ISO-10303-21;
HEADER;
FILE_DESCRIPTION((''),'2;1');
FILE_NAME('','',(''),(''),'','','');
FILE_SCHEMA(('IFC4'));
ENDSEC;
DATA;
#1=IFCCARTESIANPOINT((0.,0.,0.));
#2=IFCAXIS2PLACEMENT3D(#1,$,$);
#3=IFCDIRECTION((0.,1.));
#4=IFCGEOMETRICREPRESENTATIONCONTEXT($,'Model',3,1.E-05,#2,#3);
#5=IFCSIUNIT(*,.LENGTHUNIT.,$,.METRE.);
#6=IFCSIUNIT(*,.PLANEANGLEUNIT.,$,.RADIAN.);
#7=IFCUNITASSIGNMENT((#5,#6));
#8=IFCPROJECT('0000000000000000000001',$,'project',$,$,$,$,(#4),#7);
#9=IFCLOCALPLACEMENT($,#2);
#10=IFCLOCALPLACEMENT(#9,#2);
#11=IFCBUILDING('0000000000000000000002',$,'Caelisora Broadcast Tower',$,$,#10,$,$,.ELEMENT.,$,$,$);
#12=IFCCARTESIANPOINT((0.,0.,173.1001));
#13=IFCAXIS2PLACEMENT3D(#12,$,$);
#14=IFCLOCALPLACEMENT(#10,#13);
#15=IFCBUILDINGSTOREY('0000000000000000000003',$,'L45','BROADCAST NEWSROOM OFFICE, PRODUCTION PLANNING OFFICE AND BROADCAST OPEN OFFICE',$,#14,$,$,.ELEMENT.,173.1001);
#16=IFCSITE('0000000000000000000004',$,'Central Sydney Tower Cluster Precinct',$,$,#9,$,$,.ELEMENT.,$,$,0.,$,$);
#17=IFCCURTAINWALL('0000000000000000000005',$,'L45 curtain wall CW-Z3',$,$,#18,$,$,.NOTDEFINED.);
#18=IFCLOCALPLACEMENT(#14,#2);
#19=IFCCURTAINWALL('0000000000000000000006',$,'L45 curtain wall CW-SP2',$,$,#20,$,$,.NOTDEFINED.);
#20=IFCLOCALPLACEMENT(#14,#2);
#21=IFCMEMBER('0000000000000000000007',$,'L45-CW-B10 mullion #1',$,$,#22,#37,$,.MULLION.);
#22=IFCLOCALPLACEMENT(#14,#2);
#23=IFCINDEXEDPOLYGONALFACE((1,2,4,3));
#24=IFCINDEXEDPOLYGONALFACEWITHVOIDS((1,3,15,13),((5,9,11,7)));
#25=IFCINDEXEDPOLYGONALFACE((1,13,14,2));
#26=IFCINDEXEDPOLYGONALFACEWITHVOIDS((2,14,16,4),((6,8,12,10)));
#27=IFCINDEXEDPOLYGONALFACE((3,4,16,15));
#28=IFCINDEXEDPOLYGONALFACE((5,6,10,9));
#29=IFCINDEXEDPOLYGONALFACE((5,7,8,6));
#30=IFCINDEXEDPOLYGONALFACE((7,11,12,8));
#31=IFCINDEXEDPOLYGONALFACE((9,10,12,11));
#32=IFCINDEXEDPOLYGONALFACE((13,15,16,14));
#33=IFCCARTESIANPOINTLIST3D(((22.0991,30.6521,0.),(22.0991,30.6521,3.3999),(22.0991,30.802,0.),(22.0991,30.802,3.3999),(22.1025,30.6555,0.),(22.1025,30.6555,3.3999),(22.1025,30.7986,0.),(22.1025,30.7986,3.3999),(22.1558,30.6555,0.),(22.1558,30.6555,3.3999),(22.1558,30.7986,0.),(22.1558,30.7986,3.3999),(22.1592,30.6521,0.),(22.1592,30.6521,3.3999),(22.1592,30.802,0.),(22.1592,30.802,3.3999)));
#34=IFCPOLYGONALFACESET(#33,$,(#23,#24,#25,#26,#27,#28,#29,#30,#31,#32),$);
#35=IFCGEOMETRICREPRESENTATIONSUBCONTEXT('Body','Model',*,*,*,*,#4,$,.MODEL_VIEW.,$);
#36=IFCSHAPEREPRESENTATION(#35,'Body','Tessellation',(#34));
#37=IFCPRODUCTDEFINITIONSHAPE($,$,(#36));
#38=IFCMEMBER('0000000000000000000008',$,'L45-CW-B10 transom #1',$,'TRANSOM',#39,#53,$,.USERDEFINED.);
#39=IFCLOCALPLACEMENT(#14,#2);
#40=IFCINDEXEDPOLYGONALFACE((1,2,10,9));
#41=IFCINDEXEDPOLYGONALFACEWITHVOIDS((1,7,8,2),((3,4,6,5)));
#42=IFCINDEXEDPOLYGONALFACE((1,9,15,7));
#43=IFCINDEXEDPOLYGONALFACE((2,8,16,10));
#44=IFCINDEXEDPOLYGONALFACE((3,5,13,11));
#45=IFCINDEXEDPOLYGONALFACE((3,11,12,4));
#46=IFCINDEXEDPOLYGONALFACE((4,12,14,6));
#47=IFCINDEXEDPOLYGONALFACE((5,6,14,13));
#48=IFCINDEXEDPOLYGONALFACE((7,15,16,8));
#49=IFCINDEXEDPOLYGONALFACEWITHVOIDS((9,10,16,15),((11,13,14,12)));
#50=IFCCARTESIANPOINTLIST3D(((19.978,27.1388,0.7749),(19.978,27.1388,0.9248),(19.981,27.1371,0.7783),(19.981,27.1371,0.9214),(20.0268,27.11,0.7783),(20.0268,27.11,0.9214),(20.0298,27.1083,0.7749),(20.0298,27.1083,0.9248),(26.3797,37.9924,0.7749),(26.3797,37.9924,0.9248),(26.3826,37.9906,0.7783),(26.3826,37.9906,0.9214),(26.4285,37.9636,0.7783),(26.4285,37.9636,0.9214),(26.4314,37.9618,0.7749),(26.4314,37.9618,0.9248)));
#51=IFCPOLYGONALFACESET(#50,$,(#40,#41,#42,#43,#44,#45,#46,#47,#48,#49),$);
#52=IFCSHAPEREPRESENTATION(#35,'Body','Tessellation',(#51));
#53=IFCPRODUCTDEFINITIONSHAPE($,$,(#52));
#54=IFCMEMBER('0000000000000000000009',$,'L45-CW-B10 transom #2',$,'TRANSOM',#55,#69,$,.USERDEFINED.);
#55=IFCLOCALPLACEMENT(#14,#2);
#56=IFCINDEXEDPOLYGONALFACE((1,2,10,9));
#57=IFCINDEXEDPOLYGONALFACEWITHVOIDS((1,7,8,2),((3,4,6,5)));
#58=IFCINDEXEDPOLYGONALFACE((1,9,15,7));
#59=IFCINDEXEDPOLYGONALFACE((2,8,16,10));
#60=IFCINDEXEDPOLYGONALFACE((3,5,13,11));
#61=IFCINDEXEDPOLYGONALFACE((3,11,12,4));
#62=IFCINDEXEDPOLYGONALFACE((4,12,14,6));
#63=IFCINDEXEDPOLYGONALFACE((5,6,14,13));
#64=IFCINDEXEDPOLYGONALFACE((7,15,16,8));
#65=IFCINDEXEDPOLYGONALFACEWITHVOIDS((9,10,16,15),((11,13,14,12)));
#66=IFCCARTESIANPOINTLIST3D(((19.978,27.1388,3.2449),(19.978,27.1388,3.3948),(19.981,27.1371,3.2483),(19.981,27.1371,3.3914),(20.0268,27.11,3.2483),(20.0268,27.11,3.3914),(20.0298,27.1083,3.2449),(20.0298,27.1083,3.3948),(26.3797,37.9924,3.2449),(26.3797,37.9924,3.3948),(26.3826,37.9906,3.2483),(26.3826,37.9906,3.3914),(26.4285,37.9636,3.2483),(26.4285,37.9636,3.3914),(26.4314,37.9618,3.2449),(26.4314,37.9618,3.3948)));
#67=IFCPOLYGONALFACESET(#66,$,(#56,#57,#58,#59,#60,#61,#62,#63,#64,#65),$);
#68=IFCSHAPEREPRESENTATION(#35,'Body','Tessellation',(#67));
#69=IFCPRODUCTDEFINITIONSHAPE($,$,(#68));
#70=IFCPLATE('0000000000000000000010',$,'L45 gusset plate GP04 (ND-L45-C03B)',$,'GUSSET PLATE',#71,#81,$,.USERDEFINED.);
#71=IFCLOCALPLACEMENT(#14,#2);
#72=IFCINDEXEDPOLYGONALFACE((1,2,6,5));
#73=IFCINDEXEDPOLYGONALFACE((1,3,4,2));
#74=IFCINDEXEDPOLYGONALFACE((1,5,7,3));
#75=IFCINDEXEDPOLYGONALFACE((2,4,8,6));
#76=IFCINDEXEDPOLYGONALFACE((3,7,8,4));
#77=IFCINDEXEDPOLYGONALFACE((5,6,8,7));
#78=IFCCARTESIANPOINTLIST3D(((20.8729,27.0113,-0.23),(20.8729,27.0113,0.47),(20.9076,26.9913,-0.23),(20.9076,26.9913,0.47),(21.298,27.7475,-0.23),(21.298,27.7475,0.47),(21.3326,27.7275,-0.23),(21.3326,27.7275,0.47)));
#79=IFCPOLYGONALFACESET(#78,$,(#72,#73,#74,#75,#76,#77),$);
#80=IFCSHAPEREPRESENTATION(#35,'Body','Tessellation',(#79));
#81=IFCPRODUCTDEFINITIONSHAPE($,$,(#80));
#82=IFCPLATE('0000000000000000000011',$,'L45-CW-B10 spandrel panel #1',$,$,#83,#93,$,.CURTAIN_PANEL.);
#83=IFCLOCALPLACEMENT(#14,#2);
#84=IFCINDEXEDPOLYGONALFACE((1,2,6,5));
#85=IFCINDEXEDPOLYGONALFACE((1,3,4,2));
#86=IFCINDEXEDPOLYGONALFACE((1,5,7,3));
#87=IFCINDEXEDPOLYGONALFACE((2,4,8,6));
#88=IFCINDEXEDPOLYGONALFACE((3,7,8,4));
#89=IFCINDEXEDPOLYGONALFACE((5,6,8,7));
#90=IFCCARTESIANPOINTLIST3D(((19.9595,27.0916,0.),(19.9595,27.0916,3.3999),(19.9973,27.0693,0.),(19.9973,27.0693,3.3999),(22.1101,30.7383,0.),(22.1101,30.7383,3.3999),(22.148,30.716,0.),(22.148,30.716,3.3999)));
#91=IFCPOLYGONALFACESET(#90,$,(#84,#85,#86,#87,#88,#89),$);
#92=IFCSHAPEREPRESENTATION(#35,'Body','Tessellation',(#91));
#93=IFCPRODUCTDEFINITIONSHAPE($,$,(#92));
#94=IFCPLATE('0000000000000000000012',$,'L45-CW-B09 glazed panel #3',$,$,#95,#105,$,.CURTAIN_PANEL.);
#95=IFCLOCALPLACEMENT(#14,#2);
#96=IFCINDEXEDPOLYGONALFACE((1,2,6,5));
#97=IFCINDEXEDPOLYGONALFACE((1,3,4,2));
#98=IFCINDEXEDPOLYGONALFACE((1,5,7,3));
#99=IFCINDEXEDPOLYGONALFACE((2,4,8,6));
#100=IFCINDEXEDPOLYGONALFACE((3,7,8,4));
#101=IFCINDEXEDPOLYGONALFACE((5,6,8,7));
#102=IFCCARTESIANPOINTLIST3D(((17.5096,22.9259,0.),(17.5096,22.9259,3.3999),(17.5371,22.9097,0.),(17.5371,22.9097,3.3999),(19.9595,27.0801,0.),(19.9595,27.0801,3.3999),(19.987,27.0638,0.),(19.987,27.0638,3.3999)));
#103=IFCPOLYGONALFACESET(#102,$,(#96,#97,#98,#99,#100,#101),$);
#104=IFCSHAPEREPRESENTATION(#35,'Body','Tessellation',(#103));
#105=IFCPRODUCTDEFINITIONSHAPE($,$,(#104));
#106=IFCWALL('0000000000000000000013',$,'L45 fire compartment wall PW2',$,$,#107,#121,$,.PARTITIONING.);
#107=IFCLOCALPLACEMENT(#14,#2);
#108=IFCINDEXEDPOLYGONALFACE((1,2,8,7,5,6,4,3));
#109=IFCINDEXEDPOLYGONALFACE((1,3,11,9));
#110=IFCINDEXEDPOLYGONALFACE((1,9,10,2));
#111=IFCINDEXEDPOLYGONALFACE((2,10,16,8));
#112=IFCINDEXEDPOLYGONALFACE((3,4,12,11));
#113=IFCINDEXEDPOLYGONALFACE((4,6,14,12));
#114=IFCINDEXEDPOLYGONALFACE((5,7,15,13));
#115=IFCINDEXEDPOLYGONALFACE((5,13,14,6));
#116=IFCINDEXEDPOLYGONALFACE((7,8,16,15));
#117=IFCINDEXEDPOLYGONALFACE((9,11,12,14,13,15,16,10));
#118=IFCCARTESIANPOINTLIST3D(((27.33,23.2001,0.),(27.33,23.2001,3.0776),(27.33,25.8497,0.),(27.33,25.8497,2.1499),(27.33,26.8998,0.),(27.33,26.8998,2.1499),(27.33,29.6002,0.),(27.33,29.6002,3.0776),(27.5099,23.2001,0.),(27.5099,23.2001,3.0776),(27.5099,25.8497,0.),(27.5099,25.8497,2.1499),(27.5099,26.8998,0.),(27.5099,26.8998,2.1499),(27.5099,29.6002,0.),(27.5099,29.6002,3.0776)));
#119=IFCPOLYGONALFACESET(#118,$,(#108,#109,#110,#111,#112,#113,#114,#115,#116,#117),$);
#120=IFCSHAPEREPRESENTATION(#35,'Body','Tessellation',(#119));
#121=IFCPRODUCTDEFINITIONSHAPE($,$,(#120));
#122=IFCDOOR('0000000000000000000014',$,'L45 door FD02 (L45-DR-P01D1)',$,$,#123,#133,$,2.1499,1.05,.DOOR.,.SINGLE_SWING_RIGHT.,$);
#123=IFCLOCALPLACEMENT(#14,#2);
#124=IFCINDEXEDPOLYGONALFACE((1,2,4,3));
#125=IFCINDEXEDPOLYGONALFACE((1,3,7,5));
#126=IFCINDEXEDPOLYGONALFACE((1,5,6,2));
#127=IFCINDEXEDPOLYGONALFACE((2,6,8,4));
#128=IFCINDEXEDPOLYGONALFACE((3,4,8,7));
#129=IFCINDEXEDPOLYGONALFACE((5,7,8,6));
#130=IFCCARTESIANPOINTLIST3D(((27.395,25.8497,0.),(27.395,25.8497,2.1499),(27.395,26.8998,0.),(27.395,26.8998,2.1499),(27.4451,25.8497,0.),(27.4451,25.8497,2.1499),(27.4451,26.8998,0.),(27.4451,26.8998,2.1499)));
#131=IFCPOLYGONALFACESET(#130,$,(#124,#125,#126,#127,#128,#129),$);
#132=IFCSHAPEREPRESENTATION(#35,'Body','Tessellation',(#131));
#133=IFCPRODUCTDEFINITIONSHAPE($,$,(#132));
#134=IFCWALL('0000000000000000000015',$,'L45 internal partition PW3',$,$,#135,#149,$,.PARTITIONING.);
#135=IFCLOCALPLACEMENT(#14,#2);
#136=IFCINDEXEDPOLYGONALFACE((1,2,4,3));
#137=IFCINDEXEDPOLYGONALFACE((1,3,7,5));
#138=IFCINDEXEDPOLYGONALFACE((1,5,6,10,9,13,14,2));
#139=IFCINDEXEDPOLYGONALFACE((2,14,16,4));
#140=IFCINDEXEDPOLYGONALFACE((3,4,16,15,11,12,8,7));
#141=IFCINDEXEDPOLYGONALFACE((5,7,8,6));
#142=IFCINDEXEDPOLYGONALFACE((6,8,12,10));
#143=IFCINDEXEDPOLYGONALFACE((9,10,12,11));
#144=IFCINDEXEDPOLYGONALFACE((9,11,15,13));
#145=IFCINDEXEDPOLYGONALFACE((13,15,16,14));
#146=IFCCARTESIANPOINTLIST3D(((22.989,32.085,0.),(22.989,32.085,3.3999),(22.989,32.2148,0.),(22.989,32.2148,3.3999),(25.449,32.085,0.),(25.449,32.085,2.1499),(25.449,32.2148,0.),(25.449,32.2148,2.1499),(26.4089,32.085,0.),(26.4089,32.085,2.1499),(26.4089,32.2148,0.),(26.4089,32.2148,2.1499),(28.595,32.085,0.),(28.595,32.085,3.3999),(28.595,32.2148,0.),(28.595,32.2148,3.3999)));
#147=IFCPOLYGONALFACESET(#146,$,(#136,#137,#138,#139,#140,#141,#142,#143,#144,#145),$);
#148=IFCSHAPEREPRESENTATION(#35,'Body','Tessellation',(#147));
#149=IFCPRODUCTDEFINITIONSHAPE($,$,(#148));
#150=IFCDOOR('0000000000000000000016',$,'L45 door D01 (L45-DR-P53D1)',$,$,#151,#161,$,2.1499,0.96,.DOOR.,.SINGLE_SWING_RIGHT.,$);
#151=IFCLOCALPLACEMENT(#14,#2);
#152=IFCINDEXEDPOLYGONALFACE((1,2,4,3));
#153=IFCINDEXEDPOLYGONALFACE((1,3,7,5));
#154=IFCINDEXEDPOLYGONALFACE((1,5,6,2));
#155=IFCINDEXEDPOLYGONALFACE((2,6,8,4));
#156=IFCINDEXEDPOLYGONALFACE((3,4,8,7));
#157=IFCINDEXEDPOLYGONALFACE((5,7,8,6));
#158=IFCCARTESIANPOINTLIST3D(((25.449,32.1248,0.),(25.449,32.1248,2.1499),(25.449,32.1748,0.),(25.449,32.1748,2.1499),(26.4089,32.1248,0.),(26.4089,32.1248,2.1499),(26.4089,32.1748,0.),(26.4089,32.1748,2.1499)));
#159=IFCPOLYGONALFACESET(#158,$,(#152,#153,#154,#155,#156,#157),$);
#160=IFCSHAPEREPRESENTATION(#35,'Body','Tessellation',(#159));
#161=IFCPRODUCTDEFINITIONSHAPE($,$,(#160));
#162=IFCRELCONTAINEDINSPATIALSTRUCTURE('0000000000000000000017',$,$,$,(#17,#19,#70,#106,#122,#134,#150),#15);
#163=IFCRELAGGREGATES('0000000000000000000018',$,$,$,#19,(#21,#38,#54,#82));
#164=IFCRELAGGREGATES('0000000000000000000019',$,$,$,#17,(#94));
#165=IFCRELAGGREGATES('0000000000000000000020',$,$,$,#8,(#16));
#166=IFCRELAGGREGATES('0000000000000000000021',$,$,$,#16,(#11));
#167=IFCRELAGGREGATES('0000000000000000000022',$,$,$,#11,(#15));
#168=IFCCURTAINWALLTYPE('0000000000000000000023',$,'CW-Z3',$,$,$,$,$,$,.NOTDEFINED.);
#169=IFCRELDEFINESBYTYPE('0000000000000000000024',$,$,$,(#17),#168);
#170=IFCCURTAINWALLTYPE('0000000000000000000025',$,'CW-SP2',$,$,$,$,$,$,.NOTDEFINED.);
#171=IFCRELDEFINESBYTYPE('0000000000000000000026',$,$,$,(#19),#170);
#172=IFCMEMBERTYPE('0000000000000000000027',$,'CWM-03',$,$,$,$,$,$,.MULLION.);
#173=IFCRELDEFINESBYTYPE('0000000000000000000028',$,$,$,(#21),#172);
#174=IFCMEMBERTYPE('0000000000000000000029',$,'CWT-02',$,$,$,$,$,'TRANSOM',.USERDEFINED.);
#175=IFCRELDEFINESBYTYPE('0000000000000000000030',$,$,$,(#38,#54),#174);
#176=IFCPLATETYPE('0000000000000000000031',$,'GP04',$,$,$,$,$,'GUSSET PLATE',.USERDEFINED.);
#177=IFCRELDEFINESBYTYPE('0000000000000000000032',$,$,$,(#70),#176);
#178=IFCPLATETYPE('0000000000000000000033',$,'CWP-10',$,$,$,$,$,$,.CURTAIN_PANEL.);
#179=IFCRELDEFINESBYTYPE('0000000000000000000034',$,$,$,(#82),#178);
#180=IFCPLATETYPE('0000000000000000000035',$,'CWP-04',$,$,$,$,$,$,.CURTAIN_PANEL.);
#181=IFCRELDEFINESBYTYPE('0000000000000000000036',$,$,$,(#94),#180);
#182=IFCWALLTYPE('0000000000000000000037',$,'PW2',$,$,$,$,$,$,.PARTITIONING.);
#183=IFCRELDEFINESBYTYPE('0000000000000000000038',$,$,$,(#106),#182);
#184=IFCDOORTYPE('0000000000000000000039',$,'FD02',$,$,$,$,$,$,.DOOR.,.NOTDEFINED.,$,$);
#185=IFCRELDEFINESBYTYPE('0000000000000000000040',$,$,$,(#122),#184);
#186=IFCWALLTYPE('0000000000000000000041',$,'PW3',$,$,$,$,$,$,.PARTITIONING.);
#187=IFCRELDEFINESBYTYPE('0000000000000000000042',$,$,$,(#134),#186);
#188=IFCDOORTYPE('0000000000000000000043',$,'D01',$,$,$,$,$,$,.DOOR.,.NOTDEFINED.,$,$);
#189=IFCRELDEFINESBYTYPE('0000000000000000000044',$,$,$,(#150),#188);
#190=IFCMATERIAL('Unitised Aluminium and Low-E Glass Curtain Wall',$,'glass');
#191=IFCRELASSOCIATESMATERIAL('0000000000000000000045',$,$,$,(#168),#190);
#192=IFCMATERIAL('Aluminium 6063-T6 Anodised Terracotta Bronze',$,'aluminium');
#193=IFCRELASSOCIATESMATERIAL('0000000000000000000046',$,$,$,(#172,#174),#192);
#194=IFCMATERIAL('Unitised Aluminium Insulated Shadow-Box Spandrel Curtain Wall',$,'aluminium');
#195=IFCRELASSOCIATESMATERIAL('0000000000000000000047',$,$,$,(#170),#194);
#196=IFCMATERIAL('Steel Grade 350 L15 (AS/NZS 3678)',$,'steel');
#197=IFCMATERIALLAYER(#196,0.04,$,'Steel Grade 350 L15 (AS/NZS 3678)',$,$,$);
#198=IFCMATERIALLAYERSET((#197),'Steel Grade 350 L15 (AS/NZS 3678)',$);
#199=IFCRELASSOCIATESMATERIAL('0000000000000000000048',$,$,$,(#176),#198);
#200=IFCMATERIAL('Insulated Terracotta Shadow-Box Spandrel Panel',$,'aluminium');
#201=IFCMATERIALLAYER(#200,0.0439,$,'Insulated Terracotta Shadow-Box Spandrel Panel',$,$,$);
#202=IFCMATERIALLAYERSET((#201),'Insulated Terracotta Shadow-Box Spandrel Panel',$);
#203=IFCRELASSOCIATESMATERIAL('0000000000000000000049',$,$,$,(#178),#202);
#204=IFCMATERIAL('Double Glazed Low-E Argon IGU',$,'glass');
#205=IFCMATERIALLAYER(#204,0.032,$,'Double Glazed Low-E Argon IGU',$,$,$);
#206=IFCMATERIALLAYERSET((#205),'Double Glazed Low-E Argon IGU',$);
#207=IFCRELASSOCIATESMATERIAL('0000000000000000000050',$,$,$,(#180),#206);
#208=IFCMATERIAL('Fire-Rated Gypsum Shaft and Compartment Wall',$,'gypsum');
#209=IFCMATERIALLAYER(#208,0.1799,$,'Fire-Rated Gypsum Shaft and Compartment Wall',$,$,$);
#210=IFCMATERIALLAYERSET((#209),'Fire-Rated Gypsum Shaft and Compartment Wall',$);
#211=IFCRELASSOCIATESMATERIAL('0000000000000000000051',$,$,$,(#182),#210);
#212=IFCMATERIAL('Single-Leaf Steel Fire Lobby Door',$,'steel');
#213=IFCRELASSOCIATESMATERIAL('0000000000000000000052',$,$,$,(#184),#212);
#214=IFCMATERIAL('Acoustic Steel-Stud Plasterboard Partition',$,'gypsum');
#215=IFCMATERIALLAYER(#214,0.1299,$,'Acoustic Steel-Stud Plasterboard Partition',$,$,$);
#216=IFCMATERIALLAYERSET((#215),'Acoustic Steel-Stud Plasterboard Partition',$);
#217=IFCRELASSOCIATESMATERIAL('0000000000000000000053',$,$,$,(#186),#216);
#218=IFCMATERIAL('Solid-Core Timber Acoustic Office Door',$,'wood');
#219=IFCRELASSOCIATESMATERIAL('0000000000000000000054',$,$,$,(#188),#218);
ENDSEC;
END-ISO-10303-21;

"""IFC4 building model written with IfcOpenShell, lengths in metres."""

from ifc_helpers import new_model, si_unit, direction, frame, frame_2d, origin, origin_2d, place, context, subcontext, project, spatial, rectangle, hollow_rectangle, extrude, source, transform, mapped, material, layer, layer_set, material_profile, profile_set, type_object, type_shapes, element, fill, aggregate, save


model = new_model("IFC4")

# Units and contexts
model_context = context("Model", 3, precision=1e-05, world=origin(), true_north=direction((0.0, 1.0)))
body_context = subcontext(model_context, "Body", "Model", "MODEL_VIEW")
ifc_project = project(units=[si_unit("LENGTHUNIT", "METRE"), si_unit("PLANEANGLEUNIT", "RADIAN")], contexts=[model_context])

# Site, building, storey
site_placement = place(None, origin())
site = spatial("IfcSite", under=ifc_project, at=site_placement, Name="Central Sydney Tower Cluster Precinct", CompositionType="ELEMENT", RefElevation=0.0)
building_placement = place(site_placement, origin())
building = spatial("IfcBuilding", under=site, at=building_placement, Name="Caelisora Broadcast Tower", CompositionType="ELEMENT")
storey_placement = place(building_placement, frame((0.0, 0.0, 173.1001)))
storey = spatial("IfcBuildingStorey", under=building, at=storey_placement, Name="L45", Description="BROADCAST NEWSROOM OFFICE, PRODUCTION PLANNING OFFICE AND BROADCAST OPEN OFFICE", CompositionType="ELEMENT", Elevation=173.1001)

# Shared definitions
ifc_material_1 = material(Name="Steel Grade 350 L15 (AS/NZS 3678)", Category="steel")

# Curtain wall
ifc_material_2 = material(Name="Unitised Aluminium and Low-E Glass Curtain Wall", Category="glass")
curtain_wall_type_1 = type_object("IfcCurtainWallType", Name="CW-Z3", PredefinedType="NOTDEFINED", material=ifc_material_2)
curtain_wall_1_placement = place(storey_placement, origin())
curtain_wall_1 = element("IfcCurtainWall", 1, at=curtain_wall_1_placement, inside=storey, type_object=curtain_wall_type_1, Name="L45 curtain wall CW-Z3", PredefinedType="NOTDEFINED")
ifc_material_3 = material(Name="Aluminium 6063-T6 Anodised Terracotta Bronze", Category="aluminium")
ifc_material_profile_1 = material_profile(ifc_material_3, hollow_rectangle(XDim=0.0601, YDim=0.1499, WallThickness=0.0034, at=origin_2d()), Name="Aluminium 6063-T6 Anodised Terracotta Bronze")
ifc_profile_set_1 = profile_set([ifc_material_profile_1], Name="Aluminium 6063-T6 Anodised Terracotta Bronze")
member_type_1 = type_object("IfcMemberType", Name="CWM-03", PredefinedType="MULLION", material=ifc_profile_set_1)
shared_shape_1 = source(origin(), body_context, "Body", "SweptSolid", [
    extrude(hollow_rectangle(XDim=0.0601, YDim=0.1499, WallThickness=0.0034, at=origin_2d()), origin(), (0.0, 0.0, 1.0), 3.3999),
])
type_shapes(member_type_1, [shared_shape_1])

# Curtain wall, members
ifc_material_4 = material(Name="Unitised Aluminium Insulated Shadow-Box Spandrel Curtain Wall", Category="aluminium")
curtain_wall_type_2 = type_object("IfcCurtainWallType", Name="CW-SP2", PredefinedType="NOTDEFINED", material=ifc_material_4)
curtain_wall_2_placement = place(storey_placement, origin())
curtain_wall_2 = element("IfcCurtainWall", 2, at=curtain_wall_2_placement, inside=storey, type_object=curtain_wall_type_2, Name="L45 curtain wall CW-SP2", PredefinedType="NOTDEFINED")
member_1_placement = place(storey_placement, frame((22.1292, 30.7271, 0.0), z_axis=(0.0, 0.0, 1.0), x_axis=(1.0, 0.0, 0.0)))
member_1 = element("IfcMember", 3, at=member_1_placement, type_object=member_type_1, Name="L45-CW-B10 mullion #1", PredefinedType="MULLION", context=body_context, shape_type="MappedRepresentation", body=[
    mapped(shared_shape_1, transform((0.0, 0.0, 0.0), scale=1.0)),
])
ifc_material_profile_2 = material_profile(ifc_material_3, hollow_rectangle(XDim=0.0601, YDim=0.1499, WallThickness=0.0034, at=origin_2d()), Name="Aluminium 6063-T6 Anodised Terracotta Bronze")
ifc_profile_set_2 = profile_set([ifc_material_profile_2], Name="Aluminium 6063-T6 Anodised Terracotta Bronze")
member_type_2 = type_object("IfcMemberType", Name="CWT-02", ElementType="TRANSOM", PredefinedType="USERDEFINED", material=ifc_profile_set_2)
shared_shape_2 = source(origin(), body_context, "Body", "SweptSolid", [
    extrude(hollow_rectangle(XDim=0.0601, YDim=0.1499, WallThickness=0.0034, at=origin_2d()), origin(), (0.0, 0.0, 1.0), 12.6008),
])
type_shapes(member_type_2, [shared_shape_2])
member_2_placement = place(storey_placement, frame((20.0039, 27.1235, 0.8499), z_axis=(0.508033, 0.861337, 0.0), x_axis=(-0.861337, 0.508033, 0.0)))
member_2 = element("IfcMember", 4, at=member_2_placement, type_object=member_type_2, Name="L45-CW-B10 transom #1", ObjectType="TRANSOM", PredefinedType="USERDEFINED", context=body_context, shape_type="MappedRepresentation", body=[
    mapped(shared_shape_2, transform((0.0, 0.0, 0.0), scale=1.0)),
])
member_3_placement = place(storey_placement, frame((20.0039, 27.1235, 3.3198), z_axis=(0.508033, 0.861337, 0.0), x_axis=(-0.861337, 0.508033, 0.0)))
member_3 = element("IfcMember", 5, at=member_3_placement, type_object=member_type_2, Name="L45-CW-B10 transom #2", ObjectType="TRANSOM", PredefinedType="USERDEFINED", context=body_context, shape_type="MappedRepresentation", body=[
    mapped(shared_shape_2, transform((0.0, 0.0, 0.0), scale=1.0)),
])

# Plates
ifc_layer_1 = layer(ifc_material_1, 0.04, Name="Steel Grade 350 L15 (AS/NZS 3678)")
ifc_layer_set_1 = layer_set([ifc_layer_1], Name="Steel Grade 350 L15 (AS/NZS 3678)")
plate_type_1 = type_object("IfcPlateType", Name="GP04", ElementType="GUSSET PLATE", PredefinedType="USERDEFINED", material=ifc_layer_set_1)
shared_shape_3 = source(origin(), body_context, "Body", "SweptSolid", [
    extrude(rectangle(XDim=0.8501, YDim=0.04, at=origin_2d()), origin(), (0.0, 0.0, 1.0), 0.7),
])
type_shapes(plate_type_1, [shared_shape_3])
plate_1_placement = place(storey_placement, frame((21.1028, 27.3694, -0.23), z_axis=(0.0, 0.0, 1.0), x_axis=(-0.5, -0.866025, 0.0)))
element("IfcPlate", 6, at=plate_1_placement, inside=storey, type_object=plate_type_1, Name="L45 gusset plate GP04 (ND-L45-C03B)", ObjectType="GUSSET PLATE", PredefinedType="USERDEFINED", context=body_context, shape_type="MappedRepresentation", body=[
    mapped(shared_shape_3, transform((0.0, 0.0, 0.0), scale=1.0)),
])
ifc_material_5 = material(Name="Insulated Terracotta Shadow-Box Spandrel Panel", Category="aluminium")
ifc_layer_2 = layer(ifc_material_5, 0.0439, Name="Insulated Terracotta Shadow-Box Spandrel Panel")
ifc_layer_set_2 = layer_set([ifc_layer_2], Name="Insulated Terracotta Shadow-Box Spandrel Panel")
plate_type_2 = type_object("IfcPlateType", Name="CWP-10", PredefinedType="CURTAIN_PANEL", material=ifc_layer_set_2)
shared_shape_4 = source(origin(), body_context, "Body", "SweptSolid", [
    extrude(rectangle(XDim=4.2336, YDim=0.0439, at=origin_2d()), origin(), (0.0, 0.0, 1.0), 3.3999),
])
type_shapes(plate_type_2, [shared_shape_4])
plate_2_placement = place(storey_placement, frame((21.0537, 28.9038, 0.0), z_axis=(0.0, 0.0, 1.0), x_axis=(0.507989, 0.861363, 0.0)))
plate_2 = element("IfcPlate", 7, at=plate_2_placement, type_object=plate_type_2, Name="L45-CW-B10 spandrel panel #1", PredefinedType="CURTAIN_PANEL", context=body_context, shape_type="MappedRepresentation", body=[
    mapped(shared_shape_4, transform((0.0, 0.0, 0.0), scale=1.0)),
])
aggregate(curtain_wall_2, [member_1, member_2, member_3, plate_2])
ifc_material_6 = material(Name="Double Glazed Low-E Argon IGU", Category="glass")
ifc_layer_3 = layer(ifc_material_6, 0.032, Name="Double Glazed Low-E Argon IGU")
ifc_layer_set_3 = layer_set([ifc_layer_3], Name="Double Glazed Low-E Argon IGU")
plate_type_3 = type_object("IfcPlateType", Name="CWP-04", PredefinedType="CURTAIN_PANEL", material=ifc_layer_set_3)
shared_shape_5 = source(origin(), body_context, "Body", "SweptSolid", [
    extrude(rectangle(XDim=4.8228, YDim=0.032, at=origin_2d()), origin(), (0.0, 0.0, 1.0), 3.3999),
])
type_shapes(plate_type_3, [shared_shape_5])
plate_3_placement = place(storey_placement, frame((18.7483, 24.9949, 0.0), z_axis=(0.0, 0.0, 1.0), x_axis=(0.507989, 0.861363, 0.0)))
plate_3 = element("IfcPlate", 8, at=plate_3_placement, type_object=plate_type_3, Name="L45-CW-B09 glazed panel #3", PredefinedType="CURTAIN_PANEL", context=body_context, shape_type="MappedRepresentation", body=[
    mapped(shared_shape_5, transform((0.0, 0.0, 0.0), scale=1.0)),
])
aggregate(curtain_wall_1, [plate_3])

# Walls, openings, doors
ifc_material_7 = material(Name="Fire-Rated Gypsum Shaft and Compartment Wall", Category="gypsum")
ifc_layer_4 = layer(ifc_material_7, 0.1799, Name="Fire-Rated Gypsum Shaft and Compartment Wall")
ifc_layer_set_4 = layer_set([ifc_layer_4], Name="Fire-Rated Gypsum Shaft and Compartment Wall")
wall_type_1 = type_object("IfcWallType", Name="PW2", PredefinedType="PARTITIONING", material=ifc_layer_set_4)
wall_1_placement = place(storey_placement, frame((27.4199, 23.2, 0.0), z_axis=(0.0, 0.0, 1.0), x_axis=(0.0, 1.0, 0.0)))
wall_1 = element("IfcWall", 9, at=wall_1_placement, inside=storey, type_object=wall_type_1, Name="L45 fire compartment wall PW2", PredefinedType="PARTITIONING", context=body_context, shape_type="SweptSolid", body=[
    extrude(rectangle(XDim=6.4001, YDim=0.1799, at=frame_2d((3.2002, 0.0))), origin(), (0.0, 0.0, 1.0), 3.0776),
])
opening_1_placement = place(wall_1_placement, frame((2.6499, 0.0, 0.0)))
opening_1 = element("IfcOpeningElement", 10, at=opening_1_placement, cuts=wall_1, PredefinedType="OPENING", context=body_context, shape_type="SweptSolid", body=[
    extrude(rectangle(XDim=1.05, YDim=2.1499, at=frame_2d((0.5249, 1.075))), frame((0.0, 0.1021, 0.0), z_axis=(0.0, -1.0, 0.0), x_axis=(1.0, 0.0, 0.0)), (0.0, 0.0, 1.0), 0.2039),
])
ifc_material_8 = material(Name="Single-Leaf Steel Fire Lobby Door", Category="steel")
door_type_1 = type_object("IfcDoorType", Name="FD02", OperationType="NOTDEFINED", PredefinedType="DOOR", material=ifc_material_8)
door_1_placement = place(opening_1_placement, origin())
door_1 = element("IfcDoor", 11, at=door_1_placement, inside=storey, type_object=door_type_1, Name="L45 door FD02 (L45-DR-P01D1)", OperationType="SINGLE_SWING_RIGHT", OverallHeight=2.1499, OverallWidth=1.05, PredefinedType="DOOR", context=body_context, shape_type="SweptSolid", body=[
    extrude(rectangle(XDim=1.05, YDim=2.1499, at=frame_2d((0.5249, 1.075))), frame((0.0, 0.0249, 0.0), z_axis=(0.0, -1.0, 0.0), x_axis=(1.0, 0.0, 0.0)), (0.0, 0.0, 1.0), 0.05),
])
fill(opening_1, door_1)
ifc_material_9 = material(Name="Acoustic Steel-Stud Plasterboard Partition", Category="gypsum")
ifc_layer_5 = layer(ifc_material_9, 0.1299, Name="Acoustic Steel-Stud Plasterboard Partition")
ifc_layer_set_5 = layer_set([ifc_layer_5], Name="Acoustic Steel-Stud Plasterboard Partition")
wall_type_2 = type_object("IfcWallType", Name="PW3", PredefinedType="PARTITIONING", material=ifc_layer_set_5)
wall_2_placement = place(storey_placement, frame((22.989, 32.1499, 0.0), z_axis=(0.0, 0.0, 1.0), x_axis=(1.0, 0.0, 0.0)))
wall_2 = element("IfcWall", 12, at=wall_2_placement, inside=storey, type_object=wall_type_2, Name="L45 internal partition PW3", PredefinedType="PARTITIONING", context=body_context, shape_type="SweptSolid", body=[
    extrude(rectangle(XDim=5.606, YDim=0.1299, at=frame_2d((2.803, 0.0))), origin(), (0.0, 0.0, 1.0), 3.3999),
])
opening_2_placement = place(wall_2_placement, frame((2.46, 0.0, 0.0)))
opening_2 = element("IfcOpeningElement", 13, at=opening_2_placement, cuts=wall_2, PredefinedType="OPENING", context=body_context, shape_type="SweptSolid", body=[
    extrude(rectangle(XDim=0.96, YDim=2.1499, at=frame_2d((0.48, 1.075))), frame((0.0, 0.0769, 0.0), z_axis=(0.0, -1.0, 0.0), x_axis=(1.0, 0.0, 0.0)), (0.0, 0.0, 1.0), 0.1538),
])
ifc_material_10 = material(Name="Solid-Core Timber Acoustic Office Door", Category="wood")
door_type_2 = type_object("IfcDoorType", Name="D01", OperationType="NOTDEFINED", PredefinedType="DOOR", material=ifc_material_10)
door_2_placement = place(opening_2_placement, origin())
door_2 = element("IfcDoor", 14, at=door_2_placement, inside=storey, type_object=door_type_2, Name="L45 door D01 (L45-DR-P53D1)", OperationType="SINGLE_SWING_RIGHT", OverallHeight=2.1499, OverallWidth=0.96, PredefinedType="DOOR", context=body_context, shape_type="SweptSolid", body=[
    extrude(rectangle(XDim=0.96, YDim=2.1499, at=frame_2d((0.48, 1.075))), frame((0.0, 0.0249, 0.0), z_axis=(0.0, -1.0, 0.0), x_axis=(1.0, 0.0, 0.0)), (0.0, 0.0, 1.0), 0.05),
])
fill(opening_2, door_2)

save(model, "model.ifc")
